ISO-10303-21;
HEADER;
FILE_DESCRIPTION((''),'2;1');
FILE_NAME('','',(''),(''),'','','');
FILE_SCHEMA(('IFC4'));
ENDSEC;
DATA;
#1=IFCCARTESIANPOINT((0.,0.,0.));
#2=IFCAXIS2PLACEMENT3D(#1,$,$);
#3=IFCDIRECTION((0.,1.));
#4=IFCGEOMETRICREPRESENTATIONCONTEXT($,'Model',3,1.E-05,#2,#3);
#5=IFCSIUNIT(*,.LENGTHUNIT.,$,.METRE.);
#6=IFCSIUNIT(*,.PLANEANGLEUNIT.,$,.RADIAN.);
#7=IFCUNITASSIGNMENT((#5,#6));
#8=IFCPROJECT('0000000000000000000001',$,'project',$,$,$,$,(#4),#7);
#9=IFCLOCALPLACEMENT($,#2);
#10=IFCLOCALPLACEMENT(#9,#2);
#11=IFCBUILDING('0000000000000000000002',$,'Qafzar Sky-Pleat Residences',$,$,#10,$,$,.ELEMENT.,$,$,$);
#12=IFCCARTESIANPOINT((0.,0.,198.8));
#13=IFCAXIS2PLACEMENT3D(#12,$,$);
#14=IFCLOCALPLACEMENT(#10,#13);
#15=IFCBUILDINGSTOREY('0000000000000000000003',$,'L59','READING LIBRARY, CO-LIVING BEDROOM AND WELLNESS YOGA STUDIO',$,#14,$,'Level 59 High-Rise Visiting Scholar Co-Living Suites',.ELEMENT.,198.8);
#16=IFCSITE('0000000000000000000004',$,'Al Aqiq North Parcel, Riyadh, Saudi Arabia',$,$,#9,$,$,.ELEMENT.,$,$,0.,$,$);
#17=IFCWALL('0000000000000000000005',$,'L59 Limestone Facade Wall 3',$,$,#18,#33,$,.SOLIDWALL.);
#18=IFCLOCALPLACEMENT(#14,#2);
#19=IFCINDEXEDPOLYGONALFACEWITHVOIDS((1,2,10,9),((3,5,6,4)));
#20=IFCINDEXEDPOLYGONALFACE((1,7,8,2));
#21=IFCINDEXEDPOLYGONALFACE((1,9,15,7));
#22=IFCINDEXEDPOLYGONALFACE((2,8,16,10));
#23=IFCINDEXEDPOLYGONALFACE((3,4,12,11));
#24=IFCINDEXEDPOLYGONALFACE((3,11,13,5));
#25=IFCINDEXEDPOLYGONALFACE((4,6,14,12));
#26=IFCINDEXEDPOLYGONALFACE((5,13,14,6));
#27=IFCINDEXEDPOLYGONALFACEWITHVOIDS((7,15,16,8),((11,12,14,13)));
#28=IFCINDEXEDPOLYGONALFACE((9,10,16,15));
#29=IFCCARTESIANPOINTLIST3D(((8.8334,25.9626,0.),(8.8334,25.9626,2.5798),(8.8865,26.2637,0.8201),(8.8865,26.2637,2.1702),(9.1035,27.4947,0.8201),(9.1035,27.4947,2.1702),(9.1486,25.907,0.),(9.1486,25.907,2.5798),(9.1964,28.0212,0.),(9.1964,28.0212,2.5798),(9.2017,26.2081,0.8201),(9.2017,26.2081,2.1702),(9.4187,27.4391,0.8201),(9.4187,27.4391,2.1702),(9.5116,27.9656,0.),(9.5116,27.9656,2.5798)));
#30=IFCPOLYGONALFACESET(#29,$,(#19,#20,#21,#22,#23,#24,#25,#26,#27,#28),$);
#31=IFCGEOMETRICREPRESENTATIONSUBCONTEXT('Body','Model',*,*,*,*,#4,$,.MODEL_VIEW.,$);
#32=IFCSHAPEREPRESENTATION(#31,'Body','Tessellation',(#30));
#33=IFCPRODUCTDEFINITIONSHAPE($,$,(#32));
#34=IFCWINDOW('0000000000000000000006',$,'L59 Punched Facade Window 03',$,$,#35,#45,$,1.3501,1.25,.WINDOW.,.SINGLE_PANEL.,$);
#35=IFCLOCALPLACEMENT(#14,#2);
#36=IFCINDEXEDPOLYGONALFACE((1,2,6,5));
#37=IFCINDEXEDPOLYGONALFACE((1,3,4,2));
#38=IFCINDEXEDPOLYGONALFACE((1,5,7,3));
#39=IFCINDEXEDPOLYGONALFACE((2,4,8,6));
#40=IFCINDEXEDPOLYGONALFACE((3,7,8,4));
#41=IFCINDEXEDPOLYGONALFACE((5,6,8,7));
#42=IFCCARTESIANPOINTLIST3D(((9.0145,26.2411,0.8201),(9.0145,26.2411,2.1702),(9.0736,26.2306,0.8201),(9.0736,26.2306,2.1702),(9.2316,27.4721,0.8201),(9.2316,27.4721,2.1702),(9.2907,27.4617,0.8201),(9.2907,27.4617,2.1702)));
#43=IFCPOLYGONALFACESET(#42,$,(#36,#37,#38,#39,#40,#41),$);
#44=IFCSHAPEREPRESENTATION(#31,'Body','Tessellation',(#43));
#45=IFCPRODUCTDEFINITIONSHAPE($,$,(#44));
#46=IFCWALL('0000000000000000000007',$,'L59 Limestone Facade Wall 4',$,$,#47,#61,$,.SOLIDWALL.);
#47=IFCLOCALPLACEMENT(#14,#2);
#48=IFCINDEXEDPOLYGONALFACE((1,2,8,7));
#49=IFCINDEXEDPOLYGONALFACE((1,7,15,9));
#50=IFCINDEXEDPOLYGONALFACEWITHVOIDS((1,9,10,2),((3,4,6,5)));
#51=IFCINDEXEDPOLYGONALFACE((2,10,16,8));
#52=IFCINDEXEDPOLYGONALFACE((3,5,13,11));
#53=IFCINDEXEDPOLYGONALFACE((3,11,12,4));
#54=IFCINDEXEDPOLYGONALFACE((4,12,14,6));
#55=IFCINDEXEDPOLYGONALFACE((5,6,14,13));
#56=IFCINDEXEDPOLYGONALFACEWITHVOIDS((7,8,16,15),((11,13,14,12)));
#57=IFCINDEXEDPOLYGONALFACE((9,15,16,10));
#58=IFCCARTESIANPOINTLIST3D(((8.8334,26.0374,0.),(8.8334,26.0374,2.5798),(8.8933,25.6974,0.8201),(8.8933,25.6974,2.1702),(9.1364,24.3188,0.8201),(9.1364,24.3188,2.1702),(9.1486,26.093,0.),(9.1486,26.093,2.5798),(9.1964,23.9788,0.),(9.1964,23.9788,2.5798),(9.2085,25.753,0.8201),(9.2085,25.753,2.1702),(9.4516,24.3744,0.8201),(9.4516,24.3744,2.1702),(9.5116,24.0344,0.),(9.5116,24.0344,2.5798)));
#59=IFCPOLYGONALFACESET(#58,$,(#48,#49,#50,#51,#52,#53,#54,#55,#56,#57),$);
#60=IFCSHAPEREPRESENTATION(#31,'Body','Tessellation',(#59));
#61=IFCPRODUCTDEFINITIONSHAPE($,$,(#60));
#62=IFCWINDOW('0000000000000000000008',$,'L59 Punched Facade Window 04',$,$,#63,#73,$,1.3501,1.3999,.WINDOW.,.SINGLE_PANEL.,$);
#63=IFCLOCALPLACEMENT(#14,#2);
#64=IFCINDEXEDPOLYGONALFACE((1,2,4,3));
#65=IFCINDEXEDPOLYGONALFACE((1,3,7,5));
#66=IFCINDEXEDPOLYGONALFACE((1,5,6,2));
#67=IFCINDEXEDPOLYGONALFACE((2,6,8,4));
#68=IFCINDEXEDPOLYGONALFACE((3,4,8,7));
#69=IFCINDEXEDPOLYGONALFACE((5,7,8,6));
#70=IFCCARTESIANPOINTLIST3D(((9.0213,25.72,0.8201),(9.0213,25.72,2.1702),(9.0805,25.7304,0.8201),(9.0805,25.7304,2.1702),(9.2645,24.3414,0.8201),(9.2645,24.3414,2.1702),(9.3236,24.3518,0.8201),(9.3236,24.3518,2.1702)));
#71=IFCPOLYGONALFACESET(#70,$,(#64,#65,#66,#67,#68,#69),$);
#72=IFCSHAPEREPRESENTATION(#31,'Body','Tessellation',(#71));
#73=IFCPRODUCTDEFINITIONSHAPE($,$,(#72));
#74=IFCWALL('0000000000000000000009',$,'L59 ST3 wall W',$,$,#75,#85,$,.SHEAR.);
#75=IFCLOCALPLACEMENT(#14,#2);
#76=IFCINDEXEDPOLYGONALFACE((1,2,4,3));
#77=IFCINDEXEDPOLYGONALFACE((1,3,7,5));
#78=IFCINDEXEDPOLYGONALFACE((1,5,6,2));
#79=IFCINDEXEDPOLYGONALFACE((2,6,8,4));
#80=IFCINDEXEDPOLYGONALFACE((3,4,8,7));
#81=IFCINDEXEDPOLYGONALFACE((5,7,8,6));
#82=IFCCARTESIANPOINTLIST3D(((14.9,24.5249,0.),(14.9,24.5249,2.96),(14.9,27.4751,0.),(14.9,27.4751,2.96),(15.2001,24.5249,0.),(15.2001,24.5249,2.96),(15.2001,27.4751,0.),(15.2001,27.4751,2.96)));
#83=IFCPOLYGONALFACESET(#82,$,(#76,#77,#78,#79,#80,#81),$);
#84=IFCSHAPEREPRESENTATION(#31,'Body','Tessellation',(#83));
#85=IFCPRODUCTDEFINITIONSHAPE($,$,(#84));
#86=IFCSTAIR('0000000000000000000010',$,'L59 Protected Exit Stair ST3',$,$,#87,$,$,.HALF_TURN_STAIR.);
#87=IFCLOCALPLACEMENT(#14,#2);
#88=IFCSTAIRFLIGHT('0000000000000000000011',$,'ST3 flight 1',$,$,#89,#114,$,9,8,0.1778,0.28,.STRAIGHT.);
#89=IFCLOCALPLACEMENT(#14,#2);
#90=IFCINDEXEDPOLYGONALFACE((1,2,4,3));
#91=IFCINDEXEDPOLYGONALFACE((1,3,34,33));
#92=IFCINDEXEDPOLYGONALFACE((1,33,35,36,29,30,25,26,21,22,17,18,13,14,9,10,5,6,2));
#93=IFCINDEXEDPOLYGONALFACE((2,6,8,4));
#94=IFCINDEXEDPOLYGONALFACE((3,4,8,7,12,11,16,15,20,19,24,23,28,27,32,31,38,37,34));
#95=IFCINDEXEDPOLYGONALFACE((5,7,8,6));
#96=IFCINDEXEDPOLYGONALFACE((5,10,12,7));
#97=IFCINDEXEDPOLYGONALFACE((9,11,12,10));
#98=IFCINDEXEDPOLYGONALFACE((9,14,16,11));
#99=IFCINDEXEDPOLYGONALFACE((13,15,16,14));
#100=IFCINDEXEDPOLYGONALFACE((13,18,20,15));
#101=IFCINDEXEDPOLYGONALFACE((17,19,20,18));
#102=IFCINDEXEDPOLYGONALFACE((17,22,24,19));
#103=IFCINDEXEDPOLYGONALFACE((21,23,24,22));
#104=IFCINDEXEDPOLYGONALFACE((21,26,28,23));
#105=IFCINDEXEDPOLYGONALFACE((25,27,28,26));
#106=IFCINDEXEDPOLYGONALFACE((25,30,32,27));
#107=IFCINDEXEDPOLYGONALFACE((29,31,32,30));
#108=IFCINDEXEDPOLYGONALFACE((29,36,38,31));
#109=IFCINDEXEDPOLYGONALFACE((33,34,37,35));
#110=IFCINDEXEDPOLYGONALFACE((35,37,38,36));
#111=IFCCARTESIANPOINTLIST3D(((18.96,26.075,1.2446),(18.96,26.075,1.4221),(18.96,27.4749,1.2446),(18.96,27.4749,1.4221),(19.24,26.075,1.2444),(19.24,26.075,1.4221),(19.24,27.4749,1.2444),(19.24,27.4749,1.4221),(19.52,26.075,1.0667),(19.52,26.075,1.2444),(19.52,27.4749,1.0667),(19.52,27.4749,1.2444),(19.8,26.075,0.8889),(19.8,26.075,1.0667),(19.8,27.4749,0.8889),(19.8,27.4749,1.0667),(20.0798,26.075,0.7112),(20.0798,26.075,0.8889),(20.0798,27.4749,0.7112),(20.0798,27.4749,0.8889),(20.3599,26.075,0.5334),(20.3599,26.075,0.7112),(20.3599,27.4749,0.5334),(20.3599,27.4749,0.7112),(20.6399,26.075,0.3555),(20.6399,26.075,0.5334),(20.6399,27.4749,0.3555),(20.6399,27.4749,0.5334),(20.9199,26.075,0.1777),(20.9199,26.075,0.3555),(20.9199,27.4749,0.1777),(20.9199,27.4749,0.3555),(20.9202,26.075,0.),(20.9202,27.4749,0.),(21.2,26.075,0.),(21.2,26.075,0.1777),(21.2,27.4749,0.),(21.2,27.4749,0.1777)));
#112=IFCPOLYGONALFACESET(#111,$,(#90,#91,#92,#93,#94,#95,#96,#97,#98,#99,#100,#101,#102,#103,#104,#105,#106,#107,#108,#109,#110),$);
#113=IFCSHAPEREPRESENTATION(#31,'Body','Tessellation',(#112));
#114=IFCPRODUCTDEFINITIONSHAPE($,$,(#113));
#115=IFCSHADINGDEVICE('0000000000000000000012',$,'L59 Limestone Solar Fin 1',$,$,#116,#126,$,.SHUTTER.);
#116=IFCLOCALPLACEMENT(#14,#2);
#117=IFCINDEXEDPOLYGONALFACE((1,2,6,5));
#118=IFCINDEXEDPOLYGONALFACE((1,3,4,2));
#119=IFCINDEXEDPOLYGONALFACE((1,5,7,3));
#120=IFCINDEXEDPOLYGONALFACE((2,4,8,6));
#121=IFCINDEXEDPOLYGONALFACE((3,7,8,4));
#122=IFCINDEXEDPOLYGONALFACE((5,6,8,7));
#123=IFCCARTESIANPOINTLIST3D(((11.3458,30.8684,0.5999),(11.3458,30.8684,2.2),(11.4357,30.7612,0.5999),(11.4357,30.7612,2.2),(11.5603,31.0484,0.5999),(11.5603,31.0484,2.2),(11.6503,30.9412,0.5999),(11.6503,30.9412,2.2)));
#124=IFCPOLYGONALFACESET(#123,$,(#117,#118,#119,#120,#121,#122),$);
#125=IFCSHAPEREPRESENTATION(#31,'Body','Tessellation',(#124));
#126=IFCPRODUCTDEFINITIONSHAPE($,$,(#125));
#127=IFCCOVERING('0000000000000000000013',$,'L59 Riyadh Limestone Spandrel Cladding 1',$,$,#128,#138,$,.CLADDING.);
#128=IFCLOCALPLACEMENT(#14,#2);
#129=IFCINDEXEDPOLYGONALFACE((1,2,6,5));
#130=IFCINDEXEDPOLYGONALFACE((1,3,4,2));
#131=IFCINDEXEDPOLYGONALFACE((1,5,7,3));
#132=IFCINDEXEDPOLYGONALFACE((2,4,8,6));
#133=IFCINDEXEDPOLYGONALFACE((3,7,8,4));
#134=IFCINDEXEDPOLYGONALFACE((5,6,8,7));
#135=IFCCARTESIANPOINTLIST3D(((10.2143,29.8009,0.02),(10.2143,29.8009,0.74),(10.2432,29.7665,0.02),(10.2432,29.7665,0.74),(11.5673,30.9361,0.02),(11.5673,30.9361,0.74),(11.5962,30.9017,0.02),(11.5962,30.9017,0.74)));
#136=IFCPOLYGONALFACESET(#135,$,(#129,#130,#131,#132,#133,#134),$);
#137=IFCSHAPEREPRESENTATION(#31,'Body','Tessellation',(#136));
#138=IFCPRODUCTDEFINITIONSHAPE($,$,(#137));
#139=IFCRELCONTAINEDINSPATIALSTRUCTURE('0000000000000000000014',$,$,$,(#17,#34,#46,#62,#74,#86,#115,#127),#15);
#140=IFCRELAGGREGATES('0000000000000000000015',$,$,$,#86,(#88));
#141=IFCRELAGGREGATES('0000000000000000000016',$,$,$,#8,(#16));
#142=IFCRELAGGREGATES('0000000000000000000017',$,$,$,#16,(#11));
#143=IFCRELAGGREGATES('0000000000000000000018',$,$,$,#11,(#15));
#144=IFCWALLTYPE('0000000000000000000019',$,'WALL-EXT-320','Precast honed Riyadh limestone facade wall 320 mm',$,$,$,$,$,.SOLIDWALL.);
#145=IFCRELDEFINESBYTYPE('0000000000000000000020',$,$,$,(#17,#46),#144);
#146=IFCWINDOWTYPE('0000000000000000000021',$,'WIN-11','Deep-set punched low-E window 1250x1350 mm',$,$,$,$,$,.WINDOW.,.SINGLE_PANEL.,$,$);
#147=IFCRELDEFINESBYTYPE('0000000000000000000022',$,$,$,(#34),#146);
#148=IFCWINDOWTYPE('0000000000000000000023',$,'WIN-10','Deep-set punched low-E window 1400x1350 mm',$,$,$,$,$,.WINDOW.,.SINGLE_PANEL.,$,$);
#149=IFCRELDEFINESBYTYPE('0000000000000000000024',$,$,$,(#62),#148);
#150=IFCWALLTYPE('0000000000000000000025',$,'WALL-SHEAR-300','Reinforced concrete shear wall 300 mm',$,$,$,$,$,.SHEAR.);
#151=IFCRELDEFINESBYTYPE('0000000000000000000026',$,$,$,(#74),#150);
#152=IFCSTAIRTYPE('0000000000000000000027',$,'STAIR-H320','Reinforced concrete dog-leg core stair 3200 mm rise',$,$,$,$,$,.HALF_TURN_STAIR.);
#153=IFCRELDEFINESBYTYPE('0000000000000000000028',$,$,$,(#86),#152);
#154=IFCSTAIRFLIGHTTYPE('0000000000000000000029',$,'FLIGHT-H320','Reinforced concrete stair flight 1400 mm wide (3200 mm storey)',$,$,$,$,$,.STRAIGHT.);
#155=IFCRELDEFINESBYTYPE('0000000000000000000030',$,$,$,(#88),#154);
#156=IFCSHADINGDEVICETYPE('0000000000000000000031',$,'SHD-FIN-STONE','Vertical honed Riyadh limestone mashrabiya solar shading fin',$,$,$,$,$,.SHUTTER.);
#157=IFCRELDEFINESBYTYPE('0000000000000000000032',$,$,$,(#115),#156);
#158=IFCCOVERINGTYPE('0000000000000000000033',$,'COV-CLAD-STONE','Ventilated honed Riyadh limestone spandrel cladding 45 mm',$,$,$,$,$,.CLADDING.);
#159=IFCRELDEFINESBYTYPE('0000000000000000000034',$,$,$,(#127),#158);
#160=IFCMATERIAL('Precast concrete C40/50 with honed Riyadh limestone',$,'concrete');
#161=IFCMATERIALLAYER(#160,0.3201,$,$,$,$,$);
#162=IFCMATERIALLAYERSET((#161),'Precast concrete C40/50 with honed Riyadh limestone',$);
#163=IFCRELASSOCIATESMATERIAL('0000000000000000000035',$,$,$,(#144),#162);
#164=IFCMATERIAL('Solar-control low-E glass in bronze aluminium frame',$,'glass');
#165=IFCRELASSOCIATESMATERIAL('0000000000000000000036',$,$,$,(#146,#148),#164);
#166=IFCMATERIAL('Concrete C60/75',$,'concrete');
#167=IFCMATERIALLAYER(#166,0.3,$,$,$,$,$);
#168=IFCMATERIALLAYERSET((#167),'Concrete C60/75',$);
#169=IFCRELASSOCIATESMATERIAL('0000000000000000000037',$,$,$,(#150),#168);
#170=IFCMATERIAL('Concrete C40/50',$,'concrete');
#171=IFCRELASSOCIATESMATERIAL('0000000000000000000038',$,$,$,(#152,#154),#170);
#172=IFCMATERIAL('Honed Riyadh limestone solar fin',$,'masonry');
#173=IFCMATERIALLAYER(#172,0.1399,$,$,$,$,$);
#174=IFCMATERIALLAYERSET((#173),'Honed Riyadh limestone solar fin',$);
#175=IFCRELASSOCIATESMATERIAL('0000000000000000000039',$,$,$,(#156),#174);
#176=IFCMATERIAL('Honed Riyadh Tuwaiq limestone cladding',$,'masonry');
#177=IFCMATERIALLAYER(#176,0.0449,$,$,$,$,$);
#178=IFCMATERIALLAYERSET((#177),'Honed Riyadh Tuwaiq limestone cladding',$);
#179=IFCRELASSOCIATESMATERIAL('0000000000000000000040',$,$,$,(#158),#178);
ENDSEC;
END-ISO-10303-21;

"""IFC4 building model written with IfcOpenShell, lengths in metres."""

from ifc_helpers import new_model, si_unit, direction, frame, frame_2d, origin, origin_2d, place, context, subcontext, project, spatial, polyline, rectangle, outline, extrude, source, transform, mapped, material, layer, layer_set, type_object, element, fill, aggregate, save


model = new_model("IFC4")

# Units and contexts
model_context = context("Model", 3, precision=1e-05, world=origin(), true_north=direction((0.0, 1.0)))
body_context = subcontext(model_context, "Body", "Model", "MODEL_VIEW")
ifc_project = project(units=[si_unit("LENGTHUNIT", "METRE"), si_unit("PLANEANGLEUNIT", "RADIAN")], contexts=[model_context])

# Site, building, storey
site_placement = place(None, origin())
site = spatial("IfcSite", under=ifc_project, at=site_placement, Name="Al Aqiq North Parcel, Riyadh, Saudi Arabia", CompositionType="ELEMENT", RefElevation=0.0)
building_placement = place(site_placement, origin())
building = spatial("IfcBuilding", under=site, at=building_placement, Name="Qafzar Sky-Pleat Residences", CompositionType="ELEMENT")
storey_placement = place(building_placement, frame((0.0, 0.0, 198.8)))
storey = spatial("IfcBuildingStorey", under=building, at=storey_placement, Name="L59", Description="READING LIBRARY, CO-LIVING BEDROOM AND WELLNESS YOGA STUDIO", LongName="Level 59 High-Rise Visiting Scholar Co-Living Suites", CompositionType="ELEMENT", Elevation=198.8)

# Walls, openings, windows
ifc_material_1 = material(Name="Precast concrete C40/50 with honed Riyadh limestone", Category="concrete")
ifc_layer_1 = layer(ifc_material_1, 0.3201)
ifc_layer_set_1 = layer_set([ifc_layer_1], Name="Precast concrete C40/50 with honed Riyadh limestone")
wall_type_1 = type_object("IfcWallType", Name="WALL-EXT-320", Description="Precast honed Riyadh limestone facade wall 320 mm", PredefinedType="SOLIDWALL", material=ifc_layer_set_1)
ifc_material_2 = material(Name="Solar-control low-E glass in bronze aluminium frame", Category="glass")
window_type_1 = type_object("IfcWindowType", Name="WIN-11", Description="Deep-set punched low-E window 1250x1350 mm", PartitioningType="SINGLE_PANEL", PredefinedType="WINDOW", material=ifc_material_2)
shared_shape_1 = source(origin(), body_context, "Body", "SweptSolid", [
    extrude(rectangle(XDim=1.25, YDim=1.3501, at=frame_2d((0.625, 0.675))), frame((0.0, 0.03, 0.0), z_axis=(0.0, -1.0, 0.0), x_axis=(1.0, 0.0, 0.0)), (0.0, 0.0, 1.0), 0.0601),
])
wall_1_placement = place(storey_placement, frame((9.354, 27.9934, 0.0), z_axis=(0.0, 0.0, 1.0), x_axis=(-0.173672, -0.984804, 0.0)))
wall_1 = element("IfcWall", 1, at=wall_1_placement, inside=storey, type_object=wall_type_1, Name="L59 Limestone Facade Wall 3", PredefinedType="SOLIDWALL", context=body_context, shape_type="SweptSolid", body=[
    extrude(rectangle(XDim=2.0903, YDim=0.3201, at=frame_2d((1.0452, 0.0))), origin(), (0.0, 0.0, 1.0), 2.5798),
])
opening_1_placement = place(wall_1_placement, frame((0.5347, 0.0, 0.8201)))
opening_1 = element("IfcOpeningElement", 2, at=opening_1_placement, cuts=wall_1, PredefinedType="OPENING", context=body_context, shape_type="SweptSolid", body=[
    extrude(rectangle(XDim=1.25, YDim=1.3501, at=frame_2d((0.625, 0.675))), frame((0.0, 0.1699, 0.0), z_axis=(0.0, -1.0, 0.0), x_axis=(1.0, 0.0, 0.0)), (0.0, 0.0, 1.0), 0.3401),
])
window_1_placement = place(opening_1_placement, origin())
window_1 = element("IfcWindow", 3, at=window_1_placement, inside=storey, type_object=window_type_1, Name="L59 Punched Facade Window 03", OverallHeight=1.3501, OverallWidth=1.25, PartitioningType="SINGLE_PANEL", PredefinedType="WINDOW", context=body_context, shape_type="MappedRepresentation", body=[
    mapped(shared_shape_1, transform((0.0, 0.0, 0.0), x_axis=(1.0, 0.0, 0.0), y_axis=(0.0, 1.0, 0.0), z_axis=(0.0, 0.0, 1.0), scale=1.0)),
])
fill(opening_1, window_1)
wall_2_placement = place(storey_placement, frame((8.991, 26.0652, 0.0), z_axis=(0.0, 0.0, 1.0), x_axis=(0.173672, -0.984804, 0.0)))
wall_2 = element("IfcWall", 4, at=wall_2_placement, inside=storey, type_object=wall_type_1, Name="L59 Limestone Facade Wall 4", PredefinedType="SOLIDWALL", context=body_context, shape_type="SweptSolid", body=[
    extrude(rectangle(XDim=2.0903, YDim=0.3201, at=frame_2d((1.0452, 0.0))), origin(), (0.0, 0.0, 1.0), 2.5798),
])
opening_2_placement = place(wall_2_placement, frame((0.3452, 0.0, 0.8201)))
opening_2 = element("IfcOpeningElement", 5, at=opening_2_placement, cuts=wall_2, PredefinedType="OPENING", context=body_context, shape_type="SweptSolid", body=[
    extrude(rectangle(XDim=1.3999, YDim=1.3501, at=frame_2d((0.7, 0.675))), frame((0.0, 0.1699, 0.0), z_axis=(0.0, -1.0, 0.0), x_axis=(1.0, 0.0, 0.0)), (0.0, 0.0, 1.0), 0.3401),
])
window_type_2 = type_object("IfcWindowType", Name="WIN-10", Description="Deep-set punched low-E window 1400x1350 mm", PartitioningType="SINGLE_PANEL", PredefinedType="WINDOW", material=ifc_material_2)
shared_shape_2 = source(origin(), body_context, "Body", "SweptSolid", [
    extrude(rectangle(XDim=1.3999, YDim=1.3501, at=frame_2d((0.7, 0.675))), frame((0.0, 0.03, 0.0), z_axis=(0.0, -1.0, 0.0), x_axis=(1.0, 0.0, 0.0)), (0.0, 0.0, 1.0), 0.0601),
])
window_2_placement = place(opening_2_placement, origin())
window_2 = element("IfcWindow", 6, at=window_2_placement, inside=storey, type_object=window_type_2, Name="L59 Punched Facade Window 04", OverallHeight=1.3501, OverallWidth=1.3999, PartitioningType="SINGLE_PANEL", PredefinedType="WINDOW", context=body_context, shape_type="MappedRepresentation", body=[
    mapped(shared_shape_2, transform((0.0, 0.0, 0.0), x_axis=(1.0, 0.0, 0.0), y_axis=(0.0, 1.0, 0.0), z_axis=(0.0, 0.0, 1.0), scale=1.0)),
])
fill(opening_2, window_2)

# Wall
ifc_material_3 = material(Name="Concrete C60/75", Category="concrete")
ifc_layer_2 = layer(ifc_material_3, 0.3)
ifc_layer_set_2 = layer_set([ifc_layer_2], Name="Concrete C60/75")
wall_type_2 = type_object("IfcWallType", Name="WALL-SHEAR-300", Description="Reinforced concrete shear wall 300 mm", PredefinedType="SHEAR", material=ifc_layer_set_2)
wall_3_placement = place(storey_placement, frame((15.05, 27.4751, 0.0), z_axis=(0.0, 0.0, 1.0), x_axis=(0.0, -1.0, 0.0)))
element("IfcWall", 7, at=wall_3_placement, inside=storey, type_object=wall_type_2, Name="L59 ST3 wall W", PredefinedType="SHEAR", context=body_context, shape_type="SweptSolid", body=[
    extrude(rectangle(XDim=2.9502, YDim=0.3, at=frame_2d((1.4751, 0.0))), origin(), (0.0, 0.0, 1.0), 2.96),
])

# Stair, stair flight
ifc_material_4 = material(Name="Concrete C40/50", Category="concrete")
stair_type = type_object("IfcStairType", Name="STAIR-H320", Description="Reinforced concrete dog-leg core stair 3200 mm rise", PredefinedType="HALF_TURN_STAIR", material=ifc_material_4)
stair_placement = place(storey_placement, origin())
stair = element("IfcStair", 8, at=stair_placement, inside=storey, type_object=stair_type, Name="L59 Protected Exit Stair ST3", PredefinedType="HALF_TURN_STAIR")
stair_flight_type = type_object("IfcStairFlightType", Name="FLIGHT-H320", Description="Reinforced concrete stair flight 1400 mm wide (3200 mm storey)", PredefinedType="STRAIGHT", material=ifc_material_4)
shared_shape_3 = source(origin(), body_context, "Body", "SweptSolid", [
    extrude(outline(polyline([(0.0, 0.0), (0.0, 0.1777), (0.28, 0.1777), (0.28, 0.3555), (0.5601, 0.3555), (0.5601, 0.5334), (0.8401, 0.5334), (0.8401, 0.7112), (1.1201, 0.7112), (1.1201, 0.8889), (1.3999, 0.8889), (1.3999, 1.0667), (1.6799, 1.0667), (1.6799, 1.2444), (1.96, 1.2444), (1.96, 1.4221), (2.24, 1.4221), (2.24, 1.6001), (2.24, 1.2446), (0.2798, 0.0), (0.0, 0.0)])), frame((0.0, 0.7, 0.0), z_axis=(0.0, -1.0, 0.0), x_axis=(1.0, 0.0, 0.0)), (0.0, 0.0, 1.0), 1.3999),
])
stair_flight_placement = place(storey_placement, frame((21.2, 26.7749, 0.0), z_axis=(0.0, 0.0, 1.0), x_axis=(-1.0, 0.0, 0.0)))
stair_flight = element("IfcStairFlight", 9, at=stair_flight_placement, type_object=stair_flight_type, Name="ST3 flight 1", NumberOfRisers=9, NumberOfTreads=8, PredefinedType="STRAIGHT", RiserHeight=0.1778, TreadLength=0.28, context=body_context, shape_type="MappedRepresentation", body=[
    mapped(shared_shape_3, transform((0.0, 0.0, 0.0), x_axis=(1.0, 0.0, 0.0), y_axis=(0.0, 1.0, 0.0), z_axis=(0.0, 0.0, 1.0), scale=1.0)),
])
aggregate(stair, [stair_flight])

# Shading device
ifc_material_5 = material(Name="Honed Riyadh limestone solar fin", Category="masonry")
ifc_layer_3 = layer(ifc_material_5, 0.1399)
ifc_layer_set_3 = layer_set([ifc_layer_3], Name="Honed Riyadh limestone solar fin")
shading_device_type = type_object("IfcShadingDeviceType", Name="SHD-FIN-STONE", Description="Vertical honed Riyadh limestone mashrabiya solar shading fin", PredefinedType="SHUTTER", material=ifc_layer_set_3)
shared_shape_4 = source(origin(), body_context, "Body", "SweptSolid", [
    extrude(rectangle(XDim=0.1399, YDim=0.28, at=origin_2d()), origin(), (0.0, 0.0, 1.0), 1.6001),
])
shading_device_placement = place(storey_placement, frame((11.498, 30.9048, 0.5999), z_axis=(0.0, 0.0, 1.0), x_axis=(-0.642754, 0.766072, 0.0)))
element("IfcShadingDevice", 10, at=shading_device_placement, inside=storey, type_object=shading_device_type, Name="L59 Limestone Solar Fin 1", PredefinedType="SHUTTER", context=body_context, shape_type="MappedRepresentation", body=[
    mapped(shared_shape_4, transform((0.0, 0.0, 0.0), x_axis=(1.0, 0.0, 0.0), y_axis=(0.0, 1.0, 0.0), z_axis=(0.0, 0.0, 1.0), scale=1.0)),
])

# Covering
ifc_material_6 = material(Name="Honed Riyadh Tuwaiq limestone cladding", Category="masonry")
ifc_layer_4 = layer(ifc_material_6, 0.0449)
ifc_layer_set_4 = layer_set([ifc_layer_4], Name="Honed Riyadh Tuwaiq limestone cladding")
covering_type = type_object("IfcCoveringType", Name="COV-CLAD-STONE", Description="Ventilated honed Riyadh limestone spandrel cladding 45 mm", PredefinedType="CLADDING", material=ifc_layer_set_4)
shared_shape_5 = source(origin(), body_context, "Body", "SweptSolid", [
    extrude(rectangle(XDim=1.7661, YDim=0.0449, at=origin_2d()), origin(), (0.0, 0.0, 1.0), 0.72),
])
covering_placement = place(storey_placement, frame((10.9053, 30.3513, 0.02), z_axis=(0.0, 0.0, 1.0), x_axis=(-0.766074, -0.642752, 0.0)))
element("IfcCovering", 11, at=covering_placement, inside=storey, type_object=covering_type, Name="L59 Riyadh Limestone Spandrel Cladding 1", PredefinedType="CLADDING", context=body_context, shape_type="MappedRepresentation", body=[
    mapped(shared_shape_5, transform((0.0, 0.0, 0.0), x_axis=(1.0, 0.0, 0.0), y_axis=(0.0, 1.0, 0.0), z_axis=(0.0, 0.0, 1.0), scale=1.0)),
])

save(model, "model.ifc")
